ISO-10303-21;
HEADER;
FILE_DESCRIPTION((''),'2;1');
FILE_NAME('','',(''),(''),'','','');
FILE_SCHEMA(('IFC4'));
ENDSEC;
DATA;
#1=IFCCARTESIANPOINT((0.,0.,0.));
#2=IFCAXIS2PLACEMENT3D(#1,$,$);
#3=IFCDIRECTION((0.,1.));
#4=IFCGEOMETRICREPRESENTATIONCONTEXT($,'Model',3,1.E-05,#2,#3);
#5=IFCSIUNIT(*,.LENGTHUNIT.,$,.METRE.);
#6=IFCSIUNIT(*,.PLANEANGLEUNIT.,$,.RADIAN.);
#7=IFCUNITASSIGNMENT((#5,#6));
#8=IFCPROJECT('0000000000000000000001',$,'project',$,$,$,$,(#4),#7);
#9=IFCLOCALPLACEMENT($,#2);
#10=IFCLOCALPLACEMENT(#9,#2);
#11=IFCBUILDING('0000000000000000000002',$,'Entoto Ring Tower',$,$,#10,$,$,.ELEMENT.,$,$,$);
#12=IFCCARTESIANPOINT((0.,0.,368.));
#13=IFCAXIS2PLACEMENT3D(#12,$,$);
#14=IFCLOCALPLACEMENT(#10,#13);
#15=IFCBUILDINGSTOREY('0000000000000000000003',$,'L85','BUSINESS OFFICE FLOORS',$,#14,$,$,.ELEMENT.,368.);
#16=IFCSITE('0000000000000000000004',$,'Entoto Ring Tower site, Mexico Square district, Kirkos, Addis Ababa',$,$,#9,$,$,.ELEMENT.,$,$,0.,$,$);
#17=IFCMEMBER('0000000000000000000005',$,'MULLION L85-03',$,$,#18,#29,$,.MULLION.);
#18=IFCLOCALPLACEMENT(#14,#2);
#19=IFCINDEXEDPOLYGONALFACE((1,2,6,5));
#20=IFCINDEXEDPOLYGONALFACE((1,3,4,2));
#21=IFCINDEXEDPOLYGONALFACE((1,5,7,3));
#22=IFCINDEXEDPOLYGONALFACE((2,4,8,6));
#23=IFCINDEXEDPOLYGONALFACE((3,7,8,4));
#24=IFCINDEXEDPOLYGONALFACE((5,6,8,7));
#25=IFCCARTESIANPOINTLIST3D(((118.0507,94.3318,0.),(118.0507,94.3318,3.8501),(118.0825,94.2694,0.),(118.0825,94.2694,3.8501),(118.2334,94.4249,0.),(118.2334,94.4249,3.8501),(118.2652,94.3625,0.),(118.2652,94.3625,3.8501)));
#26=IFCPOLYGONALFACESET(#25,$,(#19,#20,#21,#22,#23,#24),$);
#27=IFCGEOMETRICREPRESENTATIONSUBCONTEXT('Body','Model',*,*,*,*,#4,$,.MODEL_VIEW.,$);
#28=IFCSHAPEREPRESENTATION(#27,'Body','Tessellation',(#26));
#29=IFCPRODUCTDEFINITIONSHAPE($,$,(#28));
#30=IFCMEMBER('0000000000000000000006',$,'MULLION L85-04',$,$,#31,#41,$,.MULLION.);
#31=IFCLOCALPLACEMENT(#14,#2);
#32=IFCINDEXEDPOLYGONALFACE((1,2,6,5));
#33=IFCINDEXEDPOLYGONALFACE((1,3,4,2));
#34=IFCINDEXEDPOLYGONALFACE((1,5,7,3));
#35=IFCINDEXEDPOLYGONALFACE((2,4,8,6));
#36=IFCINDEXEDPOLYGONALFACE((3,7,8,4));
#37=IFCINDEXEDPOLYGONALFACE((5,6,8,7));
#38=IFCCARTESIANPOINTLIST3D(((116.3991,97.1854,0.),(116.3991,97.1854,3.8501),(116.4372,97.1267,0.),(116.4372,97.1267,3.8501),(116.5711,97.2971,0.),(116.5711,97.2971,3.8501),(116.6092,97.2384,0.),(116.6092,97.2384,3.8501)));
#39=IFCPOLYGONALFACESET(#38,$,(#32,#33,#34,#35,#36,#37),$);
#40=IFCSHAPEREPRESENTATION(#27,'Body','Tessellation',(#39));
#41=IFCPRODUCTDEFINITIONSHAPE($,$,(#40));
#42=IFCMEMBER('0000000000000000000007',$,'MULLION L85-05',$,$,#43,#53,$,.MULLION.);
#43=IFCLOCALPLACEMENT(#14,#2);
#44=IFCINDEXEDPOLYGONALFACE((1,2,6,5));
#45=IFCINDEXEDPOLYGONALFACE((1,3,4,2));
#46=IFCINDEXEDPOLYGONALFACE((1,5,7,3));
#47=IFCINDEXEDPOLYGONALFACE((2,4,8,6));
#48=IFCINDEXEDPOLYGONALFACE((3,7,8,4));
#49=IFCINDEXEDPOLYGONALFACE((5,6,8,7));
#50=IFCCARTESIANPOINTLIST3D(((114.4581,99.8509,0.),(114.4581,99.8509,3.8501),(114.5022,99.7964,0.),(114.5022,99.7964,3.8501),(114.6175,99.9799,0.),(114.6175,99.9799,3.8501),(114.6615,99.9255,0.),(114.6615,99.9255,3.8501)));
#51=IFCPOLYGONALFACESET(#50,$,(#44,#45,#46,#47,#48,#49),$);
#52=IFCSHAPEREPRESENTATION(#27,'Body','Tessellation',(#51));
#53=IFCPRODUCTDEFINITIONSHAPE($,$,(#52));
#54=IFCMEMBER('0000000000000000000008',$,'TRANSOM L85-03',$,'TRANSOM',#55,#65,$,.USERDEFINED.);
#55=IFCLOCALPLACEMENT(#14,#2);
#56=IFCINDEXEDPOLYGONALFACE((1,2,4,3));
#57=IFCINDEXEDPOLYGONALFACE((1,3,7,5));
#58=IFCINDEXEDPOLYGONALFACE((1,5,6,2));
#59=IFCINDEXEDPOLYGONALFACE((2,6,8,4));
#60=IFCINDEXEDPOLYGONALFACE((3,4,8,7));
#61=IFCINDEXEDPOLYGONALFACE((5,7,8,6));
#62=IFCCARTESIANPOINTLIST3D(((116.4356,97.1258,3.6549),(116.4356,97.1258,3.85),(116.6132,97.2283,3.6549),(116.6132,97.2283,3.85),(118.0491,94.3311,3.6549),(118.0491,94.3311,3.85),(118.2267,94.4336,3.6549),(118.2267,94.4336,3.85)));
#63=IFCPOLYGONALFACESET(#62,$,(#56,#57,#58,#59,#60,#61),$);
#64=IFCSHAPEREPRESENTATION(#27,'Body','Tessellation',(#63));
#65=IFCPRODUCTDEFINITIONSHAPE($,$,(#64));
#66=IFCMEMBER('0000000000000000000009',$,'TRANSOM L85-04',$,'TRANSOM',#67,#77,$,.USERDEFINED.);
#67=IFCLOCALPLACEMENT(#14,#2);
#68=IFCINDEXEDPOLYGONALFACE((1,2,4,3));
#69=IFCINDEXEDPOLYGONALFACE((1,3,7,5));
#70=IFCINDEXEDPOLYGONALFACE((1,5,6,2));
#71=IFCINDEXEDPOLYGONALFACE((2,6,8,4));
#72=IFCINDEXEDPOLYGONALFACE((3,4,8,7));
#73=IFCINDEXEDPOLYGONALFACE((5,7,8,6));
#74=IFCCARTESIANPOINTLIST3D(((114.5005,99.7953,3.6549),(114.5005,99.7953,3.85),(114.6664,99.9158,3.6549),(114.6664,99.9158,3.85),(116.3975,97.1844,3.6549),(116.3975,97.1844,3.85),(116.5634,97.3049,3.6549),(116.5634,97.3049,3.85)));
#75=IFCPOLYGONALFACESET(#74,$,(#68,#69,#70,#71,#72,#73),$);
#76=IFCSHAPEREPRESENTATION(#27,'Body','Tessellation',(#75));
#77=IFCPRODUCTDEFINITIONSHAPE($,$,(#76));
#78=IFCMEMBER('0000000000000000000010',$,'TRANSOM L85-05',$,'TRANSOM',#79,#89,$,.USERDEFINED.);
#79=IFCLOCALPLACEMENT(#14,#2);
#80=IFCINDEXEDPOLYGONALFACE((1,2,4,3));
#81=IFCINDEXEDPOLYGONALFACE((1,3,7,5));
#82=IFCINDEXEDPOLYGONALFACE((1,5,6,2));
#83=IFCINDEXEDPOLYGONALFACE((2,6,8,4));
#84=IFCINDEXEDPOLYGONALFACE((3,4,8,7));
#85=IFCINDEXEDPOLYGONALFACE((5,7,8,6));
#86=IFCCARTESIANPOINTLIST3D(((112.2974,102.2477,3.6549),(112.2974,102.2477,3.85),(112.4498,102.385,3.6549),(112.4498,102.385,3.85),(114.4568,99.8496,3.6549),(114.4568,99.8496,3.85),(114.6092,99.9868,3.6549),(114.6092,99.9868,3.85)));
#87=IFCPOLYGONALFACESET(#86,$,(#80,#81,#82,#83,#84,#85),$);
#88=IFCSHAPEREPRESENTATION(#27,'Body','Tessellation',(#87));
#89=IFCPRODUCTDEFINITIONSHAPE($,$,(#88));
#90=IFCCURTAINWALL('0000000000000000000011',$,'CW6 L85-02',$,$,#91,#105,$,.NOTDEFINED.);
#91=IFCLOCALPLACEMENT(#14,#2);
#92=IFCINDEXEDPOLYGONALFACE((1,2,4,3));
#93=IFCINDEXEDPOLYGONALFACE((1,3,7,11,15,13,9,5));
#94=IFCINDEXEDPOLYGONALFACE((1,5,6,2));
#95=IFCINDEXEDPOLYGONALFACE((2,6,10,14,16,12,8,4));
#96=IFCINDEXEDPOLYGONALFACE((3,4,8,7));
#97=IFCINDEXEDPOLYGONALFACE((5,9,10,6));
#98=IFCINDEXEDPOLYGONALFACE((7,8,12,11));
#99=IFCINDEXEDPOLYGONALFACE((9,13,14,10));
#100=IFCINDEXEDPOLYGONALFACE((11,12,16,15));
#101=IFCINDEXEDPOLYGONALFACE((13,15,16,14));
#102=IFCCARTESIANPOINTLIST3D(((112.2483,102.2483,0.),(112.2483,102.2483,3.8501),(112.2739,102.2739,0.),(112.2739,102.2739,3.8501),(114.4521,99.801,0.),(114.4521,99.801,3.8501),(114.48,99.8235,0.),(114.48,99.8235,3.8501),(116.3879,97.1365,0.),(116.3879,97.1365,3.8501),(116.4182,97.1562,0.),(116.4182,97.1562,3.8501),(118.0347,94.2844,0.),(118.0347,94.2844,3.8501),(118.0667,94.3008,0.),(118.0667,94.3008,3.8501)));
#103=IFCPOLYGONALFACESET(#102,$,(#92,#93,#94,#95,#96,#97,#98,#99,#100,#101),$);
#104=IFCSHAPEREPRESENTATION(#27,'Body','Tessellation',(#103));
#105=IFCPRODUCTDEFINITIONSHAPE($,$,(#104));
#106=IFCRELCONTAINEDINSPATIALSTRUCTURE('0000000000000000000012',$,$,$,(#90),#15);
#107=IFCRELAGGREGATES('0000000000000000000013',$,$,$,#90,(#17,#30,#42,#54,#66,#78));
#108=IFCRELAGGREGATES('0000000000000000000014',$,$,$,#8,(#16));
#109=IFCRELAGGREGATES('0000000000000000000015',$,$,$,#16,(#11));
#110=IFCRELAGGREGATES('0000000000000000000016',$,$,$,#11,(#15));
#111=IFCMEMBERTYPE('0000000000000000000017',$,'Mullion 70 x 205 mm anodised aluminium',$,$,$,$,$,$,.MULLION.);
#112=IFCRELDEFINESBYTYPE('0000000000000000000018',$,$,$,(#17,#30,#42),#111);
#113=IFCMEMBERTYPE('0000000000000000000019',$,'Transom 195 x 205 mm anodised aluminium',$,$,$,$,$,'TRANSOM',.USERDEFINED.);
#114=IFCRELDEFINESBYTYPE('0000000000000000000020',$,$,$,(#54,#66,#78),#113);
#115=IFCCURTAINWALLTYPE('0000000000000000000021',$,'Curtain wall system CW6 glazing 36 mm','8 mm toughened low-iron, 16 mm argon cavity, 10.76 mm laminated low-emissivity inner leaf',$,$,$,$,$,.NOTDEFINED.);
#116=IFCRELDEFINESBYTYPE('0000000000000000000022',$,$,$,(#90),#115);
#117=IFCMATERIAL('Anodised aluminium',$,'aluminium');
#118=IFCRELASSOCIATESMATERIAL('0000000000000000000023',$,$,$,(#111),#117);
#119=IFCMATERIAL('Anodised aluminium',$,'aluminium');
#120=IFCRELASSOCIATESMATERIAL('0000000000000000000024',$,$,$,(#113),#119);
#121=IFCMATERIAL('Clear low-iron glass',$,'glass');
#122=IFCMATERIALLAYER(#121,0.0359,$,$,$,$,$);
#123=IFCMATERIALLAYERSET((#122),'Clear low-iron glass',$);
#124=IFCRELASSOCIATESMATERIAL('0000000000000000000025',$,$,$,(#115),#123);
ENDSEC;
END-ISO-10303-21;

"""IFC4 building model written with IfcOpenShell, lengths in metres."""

from ifc_helpers import new_model, si_unit, direction, frame, origin, origin_2d, place, context, subcontext, project, spatial, polyline, rectangle, outline, extrude, material, layer, layer_set, material_profile, profile_set, type_object, element, aggregate, save


model = new_model("IFC4")

# Units and contexts
model_context = context("Model", 3, precision=1e-05, world=origin(), true_north=direction((0.0, 1.0)))
body_context = subcontext(model_context, "Body", "Model", "MODEL_VIEW")
ifc_project = project(units=[si_unit("LENGTHUNIT", "METRE"), si_unit("PLANEANGLEUNIT", "RADIAN")], contexts=[model_context])

# Members
ifc_material_1 = material(Name="Anodised aluminium", Category="aluminium")
ifc_material_profile_1 = material_profile(ifc_material_1, rectangle(XDim=0.0701, YDim=0.2051, at=origin_2d()), Name="Mullion 70 x 205 mm anodised aluminium")
ifc_profile_set_1 = profile_set([ifc_material_profile_1], Name="Anodised aluminium")
member_type_1 = type_object("IfcMemberType", Name="Mullion 70 x 205 mm anodised aluminium", PredefinedType="MULLION", material=ifc_profile_set_1)
site_placement = place(None, origin())
building_placement = place(site_placement, origin())
storey_placement = place(building_placement, frame((0.0, 0.0, 368.0)))
member_1_placement = place(storey_placement, frame((118.158, 94.3472, 0.0), z_axis=(0.0, 0.0, 1.0), x_axis=(-0.45399, 0.891007, 0.0)))
member_1 = element("IfcMember", 1, at=member_1_placement, type_object=member_type_1, Name="MULLION L85-03", PredefinedType="MULLION", context=body_context, shape_type="SweptSolid", body=[
    extrude(rectangle(XDim=0.0701, YDim=0.2051, at=origin_2d()), origin(), (0.0, 0.0, 1.0), 3.8501),
])
member_2_placement = place(storey_placement, frame((116.5042, 97.2119, 0.0), z_axis=(0.0, 0.0, 1.0), x_axis=(-0.544639, 0.838671, 0.0)))
member_2 = element("IfcMember", 2, at=member_2_placement, type_object=member_type_1, Name="MULLION L85-04", PredefinedType="MULLION", context=body_context, shape_type="SweptSolid", body=[
    extrude(rectangle(XDim=0.0701, YDim=0.2051, at=origin_2d()), origin(), (0.0, 0.0, 1.0), 3.8501),
])
member_3_placement = place(storey_placement, frame((114.5598, 99.8882, 0.0), z_axis=(0.0, 0.0, 1.0), x_axis=(-0.62932, 0.777146, 0.0)))
member_3 = element("IfcMember", 3, at=member_3_placement, type_object=member_type_1, Name="MULLION L85-05", PredefinedType="MULLION", context=body_context, shape_type="SweptSolid", body=[
    extrude(rectangle(XDim=0.0701, YDim=0.2051, at=origin_2d()), origin(), (0.0, 0.0, 1.0), 3.8501),
])
ifc_material_2 = material(Name="Anodised aluminium", Category="aluminium")
ifc_material_profile_2 = material_profile(ifc_material_2, rectangle(XDim=0.2051, YDim=0.1951, at=origin_2d()), Name="Transom 195 x 205 mm anodised aluminium")
ifc_profile_set_2 = profile_set([ifc_material_profile_2], Name="Anodised aluminium")
member_type_2 = type_object("IfcMemberType", Name="Transom 195 x 205 mm anodised aluminium", ElementType="TRANSOM", PredefinedType="USERDEFINED", material=ifc_profile_set_2)
member_4_placement = place(storey_placement, frame((118.1379, 94.3823, 3.7524), z_axis=(-0.500004, 0.866023, 0.0), x_axis=(-0.866023, -0.500004, 0.0)))
member_4 = element("IfcMember", 4, at=member_4_placement, type_object=member_type_2, Name="TRANSOM L85-03", ObjectType="TRANSOM", PredefinedType="USERDEFINED", context=body_context, shape_type="SweptSolid", body=[
    extrude(rectangle(XDim=0.2051, YDim=0.1951, at=origin_2d()), origin(), (0.0, 0.0, 1.0), 3.2271),
])
member_5_placement = place(storey_placement, frame((116.4805, 97.2446, 3.7524), z_axis=(-0.587803, 0.809004, 0.0), x_axis=(-0.809004, -0.587803, 0.0)))
member_5 = element("IfcMember", 5, at=member_5_placement, type_object=member_type_2, Name="TRANSOM L85-04", ObjectType="TRANSOM", PredefinedType="USERDEFINED", context=body_context, shape_type="SweptSolid", body=[
    extrude(rectangle(XDim=0.2051, YDim=0.1951, at=origin_2d()), origin(), (0.0, 0.0, 1.0), 3.2273),
])
member_6_placement = place(storey_placement, frame((114.533, 99.9182, 3.7524), z_axis=(-0.669144, 0.743132, 0.0), x_axis=(-0.743132, -0.669144, 0.0)))
member_6 = element("IfcMember", 6, at=member_6_placement, type_object=member_type_2, Name="TRANSOM L85-05", ObjectType="TRANSOM", PredefinedType="USERDEFINED", context=body_context, shape_type="SweptSolid", body=[
    extrude(rectangle(XDim=0.2051, YDim=0.1951, at=origin_2d()), origin(), (0.0, 0.0, 1.0), 3.2271),
])

# Site, building, storey
site = spatial("IfcSite", under=ifc_project, at=site_placement, Name="Entoto Ring Tower site, Mexico Square district, Kirkos, Addis Ababa", CompositionType="ELEMENT", RefElevation=0.0)
building = spatial("IfcBuilding", under=site, at=building_placement, Name="Entoto Ring Tower", CompositionType="ELEMENT")
storey = spatial("IfcBuildingStorey", under=building, at=storey_placement, Name="L85", Description="BUSINESS OFFICE FLOORS", CompositionType="ELEMENT", Elevation=368.0)

# Curtain wall
ifc_material_3 = material(Name="Clear low-iron glass", Category="glass")
ifc_layer_1 = layer(ifc_material_3, 0.0359)
ifc_layer_set_1 = layer_set([ifc_layer_1], Name="Clear low-iron glass")
curtain_wall_type = type_object("IfcCurtainWallType", Name="Curtain wall system CW6 glazing 36 mm", Description="8 mm toughened low-iron, 16 mm argon cavity, 10.76 mm laminated low-emissivity inner leaf", PredefinedType="NOTDEFINED", material=ifc_layer_set_1)
curtain_wall_1_placement = place(storey_placement, origin())
curtain_wall_1 = element("IfcCurtainWall", 7, at=curtain_wall_1_placement, inside=storey, type_object=curtain_wall_type, Name="CW6 L85-02", PredefinedType="NOTDEFINED", context=body_context, shape_type="SweptSolid", body=[
    extrude(outline(polyline([(118.0667, 94.3008), (116.4182, 97.1562), (114.48, 99.8235), (112.2739, 102.2739), (112.2483, 102.2483), (114.4521, 99.801), (116.3879, 97.1365), (118.0347, 94.2844), (118.0667, 94.3008)])), origin(), (0.0, 0.0, 1.0), 3.8501),
])
aggregate(curtain_wall_1, [member_1, member_2, member_3, member_4, member_5, member_6])

save(model, "model.ifc")
